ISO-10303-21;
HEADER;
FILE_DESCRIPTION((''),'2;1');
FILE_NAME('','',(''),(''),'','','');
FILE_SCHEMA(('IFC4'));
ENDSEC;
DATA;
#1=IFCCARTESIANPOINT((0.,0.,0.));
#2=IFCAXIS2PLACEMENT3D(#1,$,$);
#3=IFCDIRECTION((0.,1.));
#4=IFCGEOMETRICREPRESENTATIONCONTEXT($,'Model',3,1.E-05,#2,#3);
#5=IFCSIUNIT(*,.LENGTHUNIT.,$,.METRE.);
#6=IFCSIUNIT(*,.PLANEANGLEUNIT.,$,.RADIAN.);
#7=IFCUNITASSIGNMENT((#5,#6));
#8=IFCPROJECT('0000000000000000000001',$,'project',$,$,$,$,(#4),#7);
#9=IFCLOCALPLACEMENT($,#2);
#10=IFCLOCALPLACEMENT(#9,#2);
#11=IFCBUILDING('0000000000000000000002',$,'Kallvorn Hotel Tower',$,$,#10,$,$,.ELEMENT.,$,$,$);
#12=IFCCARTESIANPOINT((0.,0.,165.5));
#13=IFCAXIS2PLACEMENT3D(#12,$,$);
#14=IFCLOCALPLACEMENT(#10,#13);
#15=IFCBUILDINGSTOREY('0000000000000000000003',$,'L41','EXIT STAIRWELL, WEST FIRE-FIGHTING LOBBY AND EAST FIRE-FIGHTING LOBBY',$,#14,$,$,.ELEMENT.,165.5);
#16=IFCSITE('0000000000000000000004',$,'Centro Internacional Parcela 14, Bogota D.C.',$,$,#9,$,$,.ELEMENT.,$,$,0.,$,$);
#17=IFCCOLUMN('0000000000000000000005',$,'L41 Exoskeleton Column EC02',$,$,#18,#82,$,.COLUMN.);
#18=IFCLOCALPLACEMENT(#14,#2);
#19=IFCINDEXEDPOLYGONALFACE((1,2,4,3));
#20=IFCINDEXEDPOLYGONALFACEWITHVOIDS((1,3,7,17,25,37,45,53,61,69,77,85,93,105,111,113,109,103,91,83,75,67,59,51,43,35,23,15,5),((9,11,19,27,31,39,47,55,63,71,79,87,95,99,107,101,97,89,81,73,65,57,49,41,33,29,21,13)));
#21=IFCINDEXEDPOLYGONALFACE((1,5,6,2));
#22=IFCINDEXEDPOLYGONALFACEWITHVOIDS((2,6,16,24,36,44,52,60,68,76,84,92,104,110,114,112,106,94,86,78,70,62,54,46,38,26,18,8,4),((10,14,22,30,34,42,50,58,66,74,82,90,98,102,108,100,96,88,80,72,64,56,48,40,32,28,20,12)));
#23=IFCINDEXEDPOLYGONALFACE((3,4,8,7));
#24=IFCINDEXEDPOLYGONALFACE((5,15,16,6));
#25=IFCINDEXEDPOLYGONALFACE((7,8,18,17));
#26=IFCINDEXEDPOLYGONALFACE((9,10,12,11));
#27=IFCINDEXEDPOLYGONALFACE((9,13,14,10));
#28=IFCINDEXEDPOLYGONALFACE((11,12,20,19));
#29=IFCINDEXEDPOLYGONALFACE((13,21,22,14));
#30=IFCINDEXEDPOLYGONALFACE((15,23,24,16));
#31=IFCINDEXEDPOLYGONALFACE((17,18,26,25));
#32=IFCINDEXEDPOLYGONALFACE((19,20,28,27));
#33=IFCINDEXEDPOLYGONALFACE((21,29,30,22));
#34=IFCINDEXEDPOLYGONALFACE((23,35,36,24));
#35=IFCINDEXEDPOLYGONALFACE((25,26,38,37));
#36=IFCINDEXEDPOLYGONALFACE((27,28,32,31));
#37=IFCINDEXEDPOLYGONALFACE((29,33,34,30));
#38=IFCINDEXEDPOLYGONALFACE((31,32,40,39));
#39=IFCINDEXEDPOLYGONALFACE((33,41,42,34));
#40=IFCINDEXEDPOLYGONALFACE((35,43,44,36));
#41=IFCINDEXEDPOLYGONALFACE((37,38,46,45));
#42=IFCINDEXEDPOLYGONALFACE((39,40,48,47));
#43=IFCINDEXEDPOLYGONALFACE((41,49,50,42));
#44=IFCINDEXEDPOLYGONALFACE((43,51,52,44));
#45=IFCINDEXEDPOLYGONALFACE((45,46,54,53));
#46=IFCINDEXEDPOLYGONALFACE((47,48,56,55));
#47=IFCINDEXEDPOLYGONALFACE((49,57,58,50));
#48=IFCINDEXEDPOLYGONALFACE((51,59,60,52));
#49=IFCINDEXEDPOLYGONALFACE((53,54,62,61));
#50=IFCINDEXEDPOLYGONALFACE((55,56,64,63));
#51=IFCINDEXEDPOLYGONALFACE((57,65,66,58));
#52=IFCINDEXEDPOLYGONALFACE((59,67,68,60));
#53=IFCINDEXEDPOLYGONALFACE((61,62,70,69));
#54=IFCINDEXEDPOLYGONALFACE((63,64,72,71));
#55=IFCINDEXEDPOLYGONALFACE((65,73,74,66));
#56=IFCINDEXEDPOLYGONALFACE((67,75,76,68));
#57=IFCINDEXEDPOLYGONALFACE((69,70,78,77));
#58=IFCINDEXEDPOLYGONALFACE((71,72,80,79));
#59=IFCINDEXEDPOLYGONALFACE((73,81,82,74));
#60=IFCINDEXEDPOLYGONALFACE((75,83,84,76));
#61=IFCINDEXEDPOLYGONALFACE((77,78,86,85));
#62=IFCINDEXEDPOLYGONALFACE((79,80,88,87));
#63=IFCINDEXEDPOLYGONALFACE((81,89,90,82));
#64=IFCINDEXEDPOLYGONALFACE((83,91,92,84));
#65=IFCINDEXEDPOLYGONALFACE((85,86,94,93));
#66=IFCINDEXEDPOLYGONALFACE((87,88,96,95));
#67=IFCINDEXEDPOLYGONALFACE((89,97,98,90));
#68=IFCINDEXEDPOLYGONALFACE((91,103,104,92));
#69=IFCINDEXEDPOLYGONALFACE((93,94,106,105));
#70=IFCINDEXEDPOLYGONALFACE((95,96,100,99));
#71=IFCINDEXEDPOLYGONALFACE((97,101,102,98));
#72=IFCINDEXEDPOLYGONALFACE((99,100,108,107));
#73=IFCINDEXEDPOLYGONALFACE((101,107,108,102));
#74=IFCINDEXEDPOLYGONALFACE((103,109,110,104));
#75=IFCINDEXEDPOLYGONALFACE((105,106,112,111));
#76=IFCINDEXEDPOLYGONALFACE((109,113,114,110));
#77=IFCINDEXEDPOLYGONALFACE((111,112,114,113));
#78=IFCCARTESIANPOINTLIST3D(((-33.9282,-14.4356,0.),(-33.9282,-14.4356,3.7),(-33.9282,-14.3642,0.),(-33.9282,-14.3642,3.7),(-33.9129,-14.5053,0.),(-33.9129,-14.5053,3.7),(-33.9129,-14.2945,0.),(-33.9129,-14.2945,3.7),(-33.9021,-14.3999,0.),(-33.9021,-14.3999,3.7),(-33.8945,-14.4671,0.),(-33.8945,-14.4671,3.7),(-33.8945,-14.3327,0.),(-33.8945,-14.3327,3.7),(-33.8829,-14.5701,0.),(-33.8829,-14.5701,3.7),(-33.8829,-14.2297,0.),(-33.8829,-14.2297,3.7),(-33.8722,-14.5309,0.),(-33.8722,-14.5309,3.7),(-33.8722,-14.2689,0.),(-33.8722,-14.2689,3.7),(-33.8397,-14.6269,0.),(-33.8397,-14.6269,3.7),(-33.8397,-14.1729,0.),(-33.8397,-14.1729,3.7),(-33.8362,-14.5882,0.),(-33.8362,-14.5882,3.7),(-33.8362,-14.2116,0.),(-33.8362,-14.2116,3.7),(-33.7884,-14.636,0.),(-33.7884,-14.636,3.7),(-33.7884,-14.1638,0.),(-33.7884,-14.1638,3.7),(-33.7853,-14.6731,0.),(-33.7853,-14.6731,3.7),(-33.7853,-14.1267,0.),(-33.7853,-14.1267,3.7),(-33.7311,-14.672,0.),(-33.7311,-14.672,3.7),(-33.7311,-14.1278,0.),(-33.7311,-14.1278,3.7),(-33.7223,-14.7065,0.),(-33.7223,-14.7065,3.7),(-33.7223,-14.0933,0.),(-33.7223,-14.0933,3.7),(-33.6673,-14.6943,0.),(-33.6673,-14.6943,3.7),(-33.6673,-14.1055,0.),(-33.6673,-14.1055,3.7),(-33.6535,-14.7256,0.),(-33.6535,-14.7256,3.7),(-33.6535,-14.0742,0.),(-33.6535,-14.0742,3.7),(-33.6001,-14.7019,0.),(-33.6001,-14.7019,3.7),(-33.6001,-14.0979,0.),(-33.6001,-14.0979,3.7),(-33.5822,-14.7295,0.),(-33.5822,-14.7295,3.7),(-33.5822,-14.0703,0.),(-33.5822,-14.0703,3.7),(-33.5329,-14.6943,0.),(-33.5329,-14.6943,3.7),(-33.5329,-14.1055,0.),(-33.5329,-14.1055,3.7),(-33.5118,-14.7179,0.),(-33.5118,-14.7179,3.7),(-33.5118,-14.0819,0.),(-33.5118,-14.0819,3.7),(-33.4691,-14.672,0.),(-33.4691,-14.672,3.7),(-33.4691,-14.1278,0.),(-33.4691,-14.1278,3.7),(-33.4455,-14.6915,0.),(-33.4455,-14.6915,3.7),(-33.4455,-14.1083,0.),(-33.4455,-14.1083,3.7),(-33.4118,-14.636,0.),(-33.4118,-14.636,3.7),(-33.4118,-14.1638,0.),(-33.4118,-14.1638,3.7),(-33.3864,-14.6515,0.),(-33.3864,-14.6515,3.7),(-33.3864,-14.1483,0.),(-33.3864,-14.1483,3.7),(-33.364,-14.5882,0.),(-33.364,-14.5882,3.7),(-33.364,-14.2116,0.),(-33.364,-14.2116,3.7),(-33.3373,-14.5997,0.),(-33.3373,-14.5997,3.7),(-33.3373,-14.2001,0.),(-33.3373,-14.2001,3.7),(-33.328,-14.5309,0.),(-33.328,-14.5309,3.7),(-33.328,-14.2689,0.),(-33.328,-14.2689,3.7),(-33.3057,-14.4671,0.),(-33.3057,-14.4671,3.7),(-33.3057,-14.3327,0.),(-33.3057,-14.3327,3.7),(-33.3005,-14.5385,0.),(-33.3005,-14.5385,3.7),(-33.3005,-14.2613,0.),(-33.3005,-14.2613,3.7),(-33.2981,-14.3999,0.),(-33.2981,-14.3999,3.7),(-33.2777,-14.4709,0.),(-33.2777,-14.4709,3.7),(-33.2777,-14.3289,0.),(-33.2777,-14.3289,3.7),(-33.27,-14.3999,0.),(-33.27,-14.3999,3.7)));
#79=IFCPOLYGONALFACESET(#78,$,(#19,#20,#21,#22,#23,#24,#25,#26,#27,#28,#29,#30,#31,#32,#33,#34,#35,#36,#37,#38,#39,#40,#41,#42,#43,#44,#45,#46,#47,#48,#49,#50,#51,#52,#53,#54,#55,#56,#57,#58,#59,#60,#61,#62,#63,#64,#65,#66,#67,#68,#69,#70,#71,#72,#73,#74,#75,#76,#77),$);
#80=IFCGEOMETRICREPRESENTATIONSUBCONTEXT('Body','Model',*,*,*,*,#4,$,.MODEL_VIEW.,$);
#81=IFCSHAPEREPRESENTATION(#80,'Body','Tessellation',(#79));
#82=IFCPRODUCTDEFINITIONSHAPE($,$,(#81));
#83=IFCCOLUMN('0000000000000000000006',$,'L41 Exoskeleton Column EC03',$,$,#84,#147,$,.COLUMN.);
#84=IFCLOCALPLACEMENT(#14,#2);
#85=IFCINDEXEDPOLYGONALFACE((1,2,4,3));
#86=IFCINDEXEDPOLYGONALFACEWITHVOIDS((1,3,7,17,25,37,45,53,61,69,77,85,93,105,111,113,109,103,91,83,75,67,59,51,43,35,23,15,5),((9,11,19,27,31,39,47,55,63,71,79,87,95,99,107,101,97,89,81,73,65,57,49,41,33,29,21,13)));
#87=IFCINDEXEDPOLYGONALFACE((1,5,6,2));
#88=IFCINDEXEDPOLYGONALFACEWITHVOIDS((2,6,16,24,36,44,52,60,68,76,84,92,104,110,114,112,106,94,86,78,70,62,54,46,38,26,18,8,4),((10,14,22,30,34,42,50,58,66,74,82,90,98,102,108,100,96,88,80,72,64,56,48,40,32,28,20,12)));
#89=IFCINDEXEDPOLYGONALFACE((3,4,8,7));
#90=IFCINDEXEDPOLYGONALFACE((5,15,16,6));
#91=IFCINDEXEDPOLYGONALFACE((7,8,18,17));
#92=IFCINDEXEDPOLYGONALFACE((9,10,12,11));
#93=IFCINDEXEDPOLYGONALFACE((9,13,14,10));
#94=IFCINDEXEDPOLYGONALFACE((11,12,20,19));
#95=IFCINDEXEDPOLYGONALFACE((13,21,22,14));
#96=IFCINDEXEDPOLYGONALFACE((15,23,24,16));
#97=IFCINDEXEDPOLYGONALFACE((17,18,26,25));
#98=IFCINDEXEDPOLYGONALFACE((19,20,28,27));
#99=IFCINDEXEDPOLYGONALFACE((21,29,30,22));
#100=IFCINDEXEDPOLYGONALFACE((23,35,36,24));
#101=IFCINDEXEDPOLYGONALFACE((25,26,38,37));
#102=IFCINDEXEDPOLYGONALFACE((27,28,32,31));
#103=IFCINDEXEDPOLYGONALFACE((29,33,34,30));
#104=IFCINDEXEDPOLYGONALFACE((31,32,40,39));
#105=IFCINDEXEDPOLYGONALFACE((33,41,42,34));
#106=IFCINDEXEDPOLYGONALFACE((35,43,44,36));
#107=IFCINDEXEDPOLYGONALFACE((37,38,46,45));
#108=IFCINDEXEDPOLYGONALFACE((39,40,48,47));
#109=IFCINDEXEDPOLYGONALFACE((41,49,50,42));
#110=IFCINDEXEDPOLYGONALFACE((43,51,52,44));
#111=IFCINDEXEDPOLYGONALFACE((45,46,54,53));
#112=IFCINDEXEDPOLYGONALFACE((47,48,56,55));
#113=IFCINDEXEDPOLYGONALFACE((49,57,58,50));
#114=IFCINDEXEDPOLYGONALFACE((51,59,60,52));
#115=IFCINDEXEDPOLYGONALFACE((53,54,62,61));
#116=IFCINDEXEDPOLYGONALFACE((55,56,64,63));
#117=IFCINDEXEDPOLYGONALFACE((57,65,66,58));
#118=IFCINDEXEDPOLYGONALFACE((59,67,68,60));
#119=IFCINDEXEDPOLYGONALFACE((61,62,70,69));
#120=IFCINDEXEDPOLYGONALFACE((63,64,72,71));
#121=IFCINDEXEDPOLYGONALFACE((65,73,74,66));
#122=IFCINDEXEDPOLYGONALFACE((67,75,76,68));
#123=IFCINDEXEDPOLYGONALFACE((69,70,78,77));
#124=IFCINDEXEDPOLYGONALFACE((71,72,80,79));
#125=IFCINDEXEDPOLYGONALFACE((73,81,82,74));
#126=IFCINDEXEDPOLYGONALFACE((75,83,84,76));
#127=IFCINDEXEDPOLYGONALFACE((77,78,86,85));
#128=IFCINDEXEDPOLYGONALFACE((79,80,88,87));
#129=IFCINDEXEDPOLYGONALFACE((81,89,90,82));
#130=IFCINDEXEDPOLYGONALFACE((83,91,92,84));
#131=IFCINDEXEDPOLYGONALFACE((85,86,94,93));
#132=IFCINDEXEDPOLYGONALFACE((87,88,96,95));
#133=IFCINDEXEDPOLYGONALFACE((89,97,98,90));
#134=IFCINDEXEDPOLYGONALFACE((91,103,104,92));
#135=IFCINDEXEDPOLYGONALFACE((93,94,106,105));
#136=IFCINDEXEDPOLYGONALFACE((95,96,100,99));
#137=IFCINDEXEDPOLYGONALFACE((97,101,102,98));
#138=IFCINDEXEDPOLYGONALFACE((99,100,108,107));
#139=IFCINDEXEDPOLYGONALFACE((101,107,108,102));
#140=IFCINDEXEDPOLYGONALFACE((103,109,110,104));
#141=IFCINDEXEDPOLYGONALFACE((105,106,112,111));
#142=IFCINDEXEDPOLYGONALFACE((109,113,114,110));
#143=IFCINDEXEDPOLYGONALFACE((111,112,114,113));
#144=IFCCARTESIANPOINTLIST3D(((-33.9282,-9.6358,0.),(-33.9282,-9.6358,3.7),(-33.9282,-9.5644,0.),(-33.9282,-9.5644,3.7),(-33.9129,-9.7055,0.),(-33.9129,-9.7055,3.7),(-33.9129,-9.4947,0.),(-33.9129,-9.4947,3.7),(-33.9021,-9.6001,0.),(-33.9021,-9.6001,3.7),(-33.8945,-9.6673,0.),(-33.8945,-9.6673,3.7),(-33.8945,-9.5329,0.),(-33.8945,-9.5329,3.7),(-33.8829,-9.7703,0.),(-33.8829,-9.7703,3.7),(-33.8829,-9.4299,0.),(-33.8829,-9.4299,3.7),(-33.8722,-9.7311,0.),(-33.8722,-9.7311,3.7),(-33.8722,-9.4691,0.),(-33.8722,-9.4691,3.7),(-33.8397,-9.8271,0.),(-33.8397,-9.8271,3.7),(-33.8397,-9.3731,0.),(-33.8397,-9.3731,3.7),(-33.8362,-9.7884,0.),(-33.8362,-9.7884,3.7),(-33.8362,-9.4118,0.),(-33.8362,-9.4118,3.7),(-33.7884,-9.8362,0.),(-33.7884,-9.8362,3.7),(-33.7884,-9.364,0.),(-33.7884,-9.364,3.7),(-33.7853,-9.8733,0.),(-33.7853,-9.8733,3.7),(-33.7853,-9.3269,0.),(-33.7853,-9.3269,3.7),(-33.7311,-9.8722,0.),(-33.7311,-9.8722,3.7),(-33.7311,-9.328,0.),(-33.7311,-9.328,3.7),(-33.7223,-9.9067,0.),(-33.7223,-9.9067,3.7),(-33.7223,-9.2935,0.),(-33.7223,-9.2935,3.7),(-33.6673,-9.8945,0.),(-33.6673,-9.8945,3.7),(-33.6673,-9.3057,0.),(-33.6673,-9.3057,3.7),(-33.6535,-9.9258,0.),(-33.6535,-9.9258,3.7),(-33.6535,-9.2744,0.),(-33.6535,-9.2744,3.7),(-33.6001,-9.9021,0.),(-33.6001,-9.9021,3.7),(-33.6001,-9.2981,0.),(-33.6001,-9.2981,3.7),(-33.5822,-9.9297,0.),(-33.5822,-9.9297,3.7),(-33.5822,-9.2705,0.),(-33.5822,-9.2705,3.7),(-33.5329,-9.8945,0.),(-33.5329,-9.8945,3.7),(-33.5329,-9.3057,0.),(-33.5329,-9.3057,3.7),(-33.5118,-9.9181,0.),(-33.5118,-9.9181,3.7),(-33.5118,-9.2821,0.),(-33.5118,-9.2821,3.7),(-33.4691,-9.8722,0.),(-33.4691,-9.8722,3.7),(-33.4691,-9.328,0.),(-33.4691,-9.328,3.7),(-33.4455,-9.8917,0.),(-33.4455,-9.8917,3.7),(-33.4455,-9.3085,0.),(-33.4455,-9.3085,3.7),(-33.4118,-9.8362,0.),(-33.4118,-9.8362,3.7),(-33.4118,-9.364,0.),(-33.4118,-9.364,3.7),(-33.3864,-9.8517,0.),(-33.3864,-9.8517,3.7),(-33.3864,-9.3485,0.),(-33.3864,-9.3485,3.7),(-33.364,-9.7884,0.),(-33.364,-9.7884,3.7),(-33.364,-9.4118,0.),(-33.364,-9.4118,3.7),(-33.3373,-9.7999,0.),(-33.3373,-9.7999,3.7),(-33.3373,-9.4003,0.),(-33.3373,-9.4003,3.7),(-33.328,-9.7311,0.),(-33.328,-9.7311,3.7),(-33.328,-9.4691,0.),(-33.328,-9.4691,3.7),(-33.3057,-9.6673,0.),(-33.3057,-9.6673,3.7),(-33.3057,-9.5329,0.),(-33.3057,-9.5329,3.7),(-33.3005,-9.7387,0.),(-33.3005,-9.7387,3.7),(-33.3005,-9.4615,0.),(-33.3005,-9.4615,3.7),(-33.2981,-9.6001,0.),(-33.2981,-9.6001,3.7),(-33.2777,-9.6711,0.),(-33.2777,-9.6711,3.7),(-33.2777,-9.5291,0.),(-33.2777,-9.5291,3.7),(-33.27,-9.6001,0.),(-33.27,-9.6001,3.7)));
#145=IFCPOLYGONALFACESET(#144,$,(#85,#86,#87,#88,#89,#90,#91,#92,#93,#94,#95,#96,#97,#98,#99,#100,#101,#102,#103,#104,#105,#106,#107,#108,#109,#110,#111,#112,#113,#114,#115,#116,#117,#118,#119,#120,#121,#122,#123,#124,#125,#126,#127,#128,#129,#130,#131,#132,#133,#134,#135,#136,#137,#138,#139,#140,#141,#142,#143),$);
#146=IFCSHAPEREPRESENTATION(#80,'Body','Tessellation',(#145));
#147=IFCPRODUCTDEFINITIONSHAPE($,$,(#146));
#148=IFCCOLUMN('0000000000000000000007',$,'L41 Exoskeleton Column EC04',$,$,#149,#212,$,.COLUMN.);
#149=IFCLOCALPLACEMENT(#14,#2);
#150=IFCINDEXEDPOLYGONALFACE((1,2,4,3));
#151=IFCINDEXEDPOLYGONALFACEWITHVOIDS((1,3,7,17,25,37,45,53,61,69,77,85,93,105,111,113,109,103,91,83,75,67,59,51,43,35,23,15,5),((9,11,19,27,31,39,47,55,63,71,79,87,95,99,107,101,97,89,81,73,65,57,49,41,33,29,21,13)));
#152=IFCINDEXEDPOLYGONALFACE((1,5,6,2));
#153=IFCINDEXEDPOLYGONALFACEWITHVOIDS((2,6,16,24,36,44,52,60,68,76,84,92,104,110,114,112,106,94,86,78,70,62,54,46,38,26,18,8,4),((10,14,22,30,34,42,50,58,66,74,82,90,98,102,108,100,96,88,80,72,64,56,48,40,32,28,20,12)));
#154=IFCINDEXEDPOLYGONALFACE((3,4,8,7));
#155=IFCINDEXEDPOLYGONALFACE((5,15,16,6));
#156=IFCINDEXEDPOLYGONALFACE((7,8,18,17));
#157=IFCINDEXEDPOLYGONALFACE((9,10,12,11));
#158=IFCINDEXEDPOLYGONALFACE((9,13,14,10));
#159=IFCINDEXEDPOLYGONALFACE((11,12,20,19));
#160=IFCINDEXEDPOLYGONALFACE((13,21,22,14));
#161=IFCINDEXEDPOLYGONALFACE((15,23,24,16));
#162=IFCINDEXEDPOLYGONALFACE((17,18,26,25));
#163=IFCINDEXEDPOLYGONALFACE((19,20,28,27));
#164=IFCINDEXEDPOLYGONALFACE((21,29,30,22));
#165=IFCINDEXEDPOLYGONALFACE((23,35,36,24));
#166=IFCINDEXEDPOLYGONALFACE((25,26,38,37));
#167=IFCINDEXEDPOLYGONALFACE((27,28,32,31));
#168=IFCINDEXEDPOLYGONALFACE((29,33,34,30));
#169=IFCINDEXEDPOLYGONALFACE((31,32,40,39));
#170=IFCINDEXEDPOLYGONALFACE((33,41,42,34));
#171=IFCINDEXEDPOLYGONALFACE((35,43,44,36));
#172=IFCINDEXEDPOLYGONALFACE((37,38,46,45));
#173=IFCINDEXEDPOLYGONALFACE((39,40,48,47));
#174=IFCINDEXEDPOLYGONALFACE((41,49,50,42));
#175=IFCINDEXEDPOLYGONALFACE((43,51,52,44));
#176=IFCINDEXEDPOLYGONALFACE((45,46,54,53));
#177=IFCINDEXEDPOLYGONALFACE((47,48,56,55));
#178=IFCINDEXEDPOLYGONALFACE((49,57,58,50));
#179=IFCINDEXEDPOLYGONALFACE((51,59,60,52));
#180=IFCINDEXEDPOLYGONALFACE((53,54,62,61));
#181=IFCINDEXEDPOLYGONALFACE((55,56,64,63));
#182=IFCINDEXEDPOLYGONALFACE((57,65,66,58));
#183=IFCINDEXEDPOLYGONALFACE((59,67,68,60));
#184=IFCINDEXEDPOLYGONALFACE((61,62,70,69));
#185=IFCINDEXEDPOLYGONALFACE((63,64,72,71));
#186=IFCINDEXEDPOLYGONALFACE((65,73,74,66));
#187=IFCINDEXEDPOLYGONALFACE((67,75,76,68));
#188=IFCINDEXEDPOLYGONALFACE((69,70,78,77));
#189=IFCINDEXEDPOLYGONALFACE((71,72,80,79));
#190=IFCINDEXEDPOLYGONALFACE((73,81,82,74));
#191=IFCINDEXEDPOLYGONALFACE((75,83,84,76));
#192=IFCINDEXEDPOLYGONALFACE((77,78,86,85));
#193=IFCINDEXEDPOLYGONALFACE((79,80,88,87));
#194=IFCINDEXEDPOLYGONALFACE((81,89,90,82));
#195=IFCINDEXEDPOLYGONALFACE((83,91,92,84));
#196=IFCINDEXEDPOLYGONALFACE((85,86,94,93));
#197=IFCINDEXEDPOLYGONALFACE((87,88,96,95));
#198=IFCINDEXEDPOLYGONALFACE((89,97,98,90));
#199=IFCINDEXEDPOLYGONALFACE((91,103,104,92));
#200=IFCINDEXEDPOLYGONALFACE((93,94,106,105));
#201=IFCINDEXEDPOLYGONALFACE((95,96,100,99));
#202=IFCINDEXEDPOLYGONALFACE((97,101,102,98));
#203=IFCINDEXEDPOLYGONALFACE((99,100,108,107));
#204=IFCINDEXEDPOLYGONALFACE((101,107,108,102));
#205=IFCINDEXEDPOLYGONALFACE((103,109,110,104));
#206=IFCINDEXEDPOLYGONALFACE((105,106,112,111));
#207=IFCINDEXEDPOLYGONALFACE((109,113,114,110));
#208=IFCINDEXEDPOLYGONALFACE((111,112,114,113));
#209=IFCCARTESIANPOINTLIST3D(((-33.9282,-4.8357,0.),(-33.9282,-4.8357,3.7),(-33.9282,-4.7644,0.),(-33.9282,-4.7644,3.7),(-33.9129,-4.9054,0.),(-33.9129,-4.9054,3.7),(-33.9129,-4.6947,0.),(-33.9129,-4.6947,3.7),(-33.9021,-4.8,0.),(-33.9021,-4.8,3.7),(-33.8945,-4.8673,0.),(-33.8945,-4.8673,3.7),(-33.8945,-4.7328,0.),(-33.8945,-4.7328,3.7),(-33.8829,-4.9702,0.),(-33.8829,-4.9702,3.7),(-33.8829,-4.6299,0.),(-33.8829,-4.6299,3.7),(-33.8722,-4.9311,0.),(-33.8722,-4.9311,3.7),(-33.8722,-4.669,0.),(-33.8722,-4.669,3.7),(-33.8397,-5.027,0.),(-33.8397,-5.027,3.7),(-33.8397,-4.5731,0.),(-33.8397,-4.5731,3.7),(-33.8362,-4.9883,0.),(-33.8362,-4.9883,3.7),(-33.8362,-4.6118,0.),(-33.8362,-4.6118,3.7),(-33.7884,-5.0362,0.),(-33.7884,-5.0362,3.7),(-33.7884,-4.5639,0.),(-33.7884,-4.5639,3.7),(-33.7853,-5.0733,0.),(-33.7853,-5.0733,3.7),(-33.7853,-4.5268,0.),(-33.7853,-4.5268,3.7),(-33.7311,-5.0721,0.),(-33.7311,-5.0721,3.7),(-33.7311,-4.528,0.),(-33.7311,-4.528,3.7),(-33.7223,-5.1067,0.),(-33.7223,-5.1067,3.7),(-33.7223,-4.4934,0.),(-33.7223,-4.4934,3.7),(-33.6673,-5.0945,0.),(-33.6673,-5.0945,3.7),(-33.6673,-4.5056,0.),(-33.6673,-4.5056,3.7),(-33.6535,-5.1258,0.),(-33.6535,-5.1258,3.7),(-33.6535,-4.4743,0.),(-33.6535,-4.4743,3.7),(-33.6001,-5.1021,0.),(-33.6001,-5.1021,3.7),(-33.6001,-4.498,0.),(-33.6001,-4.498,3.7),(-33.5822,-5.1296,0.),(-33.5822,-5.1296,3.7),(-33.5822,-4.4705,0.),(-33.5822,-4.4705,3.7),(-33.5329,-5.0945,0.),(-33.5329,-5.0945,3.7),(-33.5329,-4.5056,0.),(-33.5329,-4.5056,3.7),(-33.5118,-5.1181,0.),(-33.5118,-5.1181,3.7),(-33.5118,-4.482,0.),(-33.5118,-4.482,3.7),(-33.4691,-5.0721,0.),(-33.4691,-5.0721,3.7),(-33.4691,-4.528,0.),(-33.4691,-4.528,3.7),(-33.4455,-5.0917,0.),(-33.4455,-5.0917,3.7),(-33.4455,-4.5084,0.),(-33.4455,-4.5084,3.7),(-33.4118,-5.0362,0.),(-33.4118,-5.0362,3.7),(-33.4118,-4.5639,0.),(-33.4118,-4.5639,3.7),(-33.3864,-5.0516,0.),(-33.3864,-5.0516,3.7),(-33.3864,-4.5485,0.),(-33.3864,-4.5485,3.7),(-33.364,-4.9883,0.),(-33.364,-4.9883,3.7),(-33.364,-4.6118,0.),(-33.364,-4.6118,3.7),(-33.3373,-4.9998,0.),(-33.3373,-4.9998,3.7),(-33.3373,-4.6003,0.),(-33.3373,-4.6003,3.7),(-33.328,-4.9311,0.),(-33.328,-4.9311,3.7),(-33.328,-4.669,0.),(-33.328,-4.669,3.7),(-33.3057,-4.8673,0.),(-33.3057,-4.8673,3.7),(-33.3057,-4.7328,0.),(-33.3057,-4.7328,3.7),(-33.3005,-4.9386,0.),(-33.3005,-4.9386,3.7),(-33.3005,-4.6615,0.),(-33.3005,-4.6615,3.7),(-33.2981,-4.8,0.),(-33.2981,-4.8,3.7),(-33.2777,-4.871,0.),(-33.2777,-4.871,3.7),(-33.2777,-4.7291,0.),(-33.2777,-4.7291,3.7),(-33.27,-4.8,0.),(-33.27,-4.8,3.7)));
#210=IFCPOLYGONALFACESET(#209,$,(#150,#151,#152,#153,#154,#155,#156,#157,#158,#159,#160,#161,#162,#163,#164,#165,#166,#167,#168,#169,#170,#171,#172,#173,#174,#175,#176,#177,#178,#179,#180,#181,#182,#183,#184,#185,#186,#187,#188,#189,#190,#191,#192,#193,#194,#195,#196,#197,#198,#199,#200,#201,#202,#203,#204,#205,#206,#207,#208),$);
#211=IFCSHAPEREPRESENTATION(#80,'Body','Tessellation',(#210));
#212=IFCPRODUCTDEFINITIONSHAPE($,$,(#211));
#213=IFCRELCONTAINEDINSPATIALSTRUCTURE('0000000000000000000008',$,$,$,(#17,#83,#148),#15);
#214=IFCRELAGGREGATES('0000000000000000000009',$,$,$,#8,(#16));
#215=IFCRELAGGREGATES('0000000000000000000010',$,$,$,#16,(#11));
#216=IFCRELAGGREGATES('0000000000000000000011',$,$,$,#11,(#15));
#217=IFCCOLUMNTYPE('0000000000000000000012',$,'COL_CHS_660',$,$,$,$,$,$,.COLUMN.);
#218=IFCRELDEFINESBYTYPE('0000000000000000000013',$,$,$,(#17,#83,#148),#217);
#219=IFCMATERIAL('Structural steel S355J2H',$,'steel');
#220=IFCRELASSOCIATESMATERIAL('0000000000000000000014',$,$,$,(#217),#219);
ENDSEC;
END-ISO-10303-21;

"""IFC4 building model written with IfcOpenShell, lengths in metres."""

from ifc_helpers import new_model, si_unit, direction, frame, origin, origin_2d, place, context, subcontext, project, spatial, hollow_circle, extrude, material, material_profile, profile_set, type_object, element, save


model = new_model("IFC4")

# Units and contexts
model_context = context("Model", 3, precision=1e-05, world=origin(), true_north=direction((0.0, 1.0)))
body_context = subcontext(model_context, "Body", "Model", "MODEL_VIEW")
ifc_project = project(units=[si_unit("LENGTHUNIT", "METRE"), si_unit("PLANEANGLEUNIT", "RADIAN")], contexts=[model_context])

# Site, building, storey
site_placement = place(None, origin())
site = spatial("IfcSite", under=ifc_project, at=site_placement, Name="Centro Internacional Parcela 14, Bogota D.C.", CompositionType="ELEMENT", RefElevation=0.0)
building_placement = place(site_placement, origin())
building = spatial("IfcBuilding", under=site, at=building_placement, Name="Kallvorn Hotel Tower", CompositionType="ELEMENT")
storey_placement = place(building_placement, frame((0.0, 0.0, 165.5)))
storey = spatial("IfcBuildingStorey", under=building, at=storey_placement, Name="L41", Description="EXIT STAIRWELL, WEST FIRE-FIGHTING LOBBY AND EAST FIRE-FIGHTING LOBBY", CompositionType="ELEMENT", Elevation=165.5)

# Columns
ifc_material_1 = material(Name="Structural steel S355J2H", Category="steel")
ifc_material_profile_1 = material_profile(ifc_material_1, hollow_circle(Radius=0.3301, WallThickness=0.0281, at=origin_2d()), Name="CHS 660x28")
ifc_profile_set_1 = profile_set([ifc_material_profile_1], Name="Structural steel S355J2H")
column_type_1 = type_object("IfcColumnType", Name="COL_CHS_660", PredefinedType="COLUMN", material=ifc_profile_set_1)
for number, where, z_axis, x_axis, name in (
    (1, (-33.6001, -14.3999, 0.0), (0.0, 0.0, 1.0), (1.0, 0.0, 0.0), "L41 Exoskeleton Column EC02"),
    (2, (-33.6001, -9.6001, 0.0), (0.0, 0.0, 1.0), (1.0, 0.0, 0.0), "L41 Exoskeleton Column EC03"),
    (3, (-33.6001, -4.8, 0.0), (0.0, 0.0, 1.0), (1.0, 0.0, 0.0), "L41 Exoskeleton Column EC04"),
):
    element("IfcColumn", number, at=place(storey_placement, frame(where, z_axis=z_axis, x_axis=x_axis)), inside=storey, type_object=column_type_1, Name=name, PredefinedType="COLUMN", context=body_context, shape_type="SweptSolid", body=[
        extrude(hollow_circle(Radius=0.3301, WallThickness=0.0281, at=origin_2d()), origin(), (0.0, 0.0, 1.0), 3.7),
    ])

save(model, "model.ifc")
